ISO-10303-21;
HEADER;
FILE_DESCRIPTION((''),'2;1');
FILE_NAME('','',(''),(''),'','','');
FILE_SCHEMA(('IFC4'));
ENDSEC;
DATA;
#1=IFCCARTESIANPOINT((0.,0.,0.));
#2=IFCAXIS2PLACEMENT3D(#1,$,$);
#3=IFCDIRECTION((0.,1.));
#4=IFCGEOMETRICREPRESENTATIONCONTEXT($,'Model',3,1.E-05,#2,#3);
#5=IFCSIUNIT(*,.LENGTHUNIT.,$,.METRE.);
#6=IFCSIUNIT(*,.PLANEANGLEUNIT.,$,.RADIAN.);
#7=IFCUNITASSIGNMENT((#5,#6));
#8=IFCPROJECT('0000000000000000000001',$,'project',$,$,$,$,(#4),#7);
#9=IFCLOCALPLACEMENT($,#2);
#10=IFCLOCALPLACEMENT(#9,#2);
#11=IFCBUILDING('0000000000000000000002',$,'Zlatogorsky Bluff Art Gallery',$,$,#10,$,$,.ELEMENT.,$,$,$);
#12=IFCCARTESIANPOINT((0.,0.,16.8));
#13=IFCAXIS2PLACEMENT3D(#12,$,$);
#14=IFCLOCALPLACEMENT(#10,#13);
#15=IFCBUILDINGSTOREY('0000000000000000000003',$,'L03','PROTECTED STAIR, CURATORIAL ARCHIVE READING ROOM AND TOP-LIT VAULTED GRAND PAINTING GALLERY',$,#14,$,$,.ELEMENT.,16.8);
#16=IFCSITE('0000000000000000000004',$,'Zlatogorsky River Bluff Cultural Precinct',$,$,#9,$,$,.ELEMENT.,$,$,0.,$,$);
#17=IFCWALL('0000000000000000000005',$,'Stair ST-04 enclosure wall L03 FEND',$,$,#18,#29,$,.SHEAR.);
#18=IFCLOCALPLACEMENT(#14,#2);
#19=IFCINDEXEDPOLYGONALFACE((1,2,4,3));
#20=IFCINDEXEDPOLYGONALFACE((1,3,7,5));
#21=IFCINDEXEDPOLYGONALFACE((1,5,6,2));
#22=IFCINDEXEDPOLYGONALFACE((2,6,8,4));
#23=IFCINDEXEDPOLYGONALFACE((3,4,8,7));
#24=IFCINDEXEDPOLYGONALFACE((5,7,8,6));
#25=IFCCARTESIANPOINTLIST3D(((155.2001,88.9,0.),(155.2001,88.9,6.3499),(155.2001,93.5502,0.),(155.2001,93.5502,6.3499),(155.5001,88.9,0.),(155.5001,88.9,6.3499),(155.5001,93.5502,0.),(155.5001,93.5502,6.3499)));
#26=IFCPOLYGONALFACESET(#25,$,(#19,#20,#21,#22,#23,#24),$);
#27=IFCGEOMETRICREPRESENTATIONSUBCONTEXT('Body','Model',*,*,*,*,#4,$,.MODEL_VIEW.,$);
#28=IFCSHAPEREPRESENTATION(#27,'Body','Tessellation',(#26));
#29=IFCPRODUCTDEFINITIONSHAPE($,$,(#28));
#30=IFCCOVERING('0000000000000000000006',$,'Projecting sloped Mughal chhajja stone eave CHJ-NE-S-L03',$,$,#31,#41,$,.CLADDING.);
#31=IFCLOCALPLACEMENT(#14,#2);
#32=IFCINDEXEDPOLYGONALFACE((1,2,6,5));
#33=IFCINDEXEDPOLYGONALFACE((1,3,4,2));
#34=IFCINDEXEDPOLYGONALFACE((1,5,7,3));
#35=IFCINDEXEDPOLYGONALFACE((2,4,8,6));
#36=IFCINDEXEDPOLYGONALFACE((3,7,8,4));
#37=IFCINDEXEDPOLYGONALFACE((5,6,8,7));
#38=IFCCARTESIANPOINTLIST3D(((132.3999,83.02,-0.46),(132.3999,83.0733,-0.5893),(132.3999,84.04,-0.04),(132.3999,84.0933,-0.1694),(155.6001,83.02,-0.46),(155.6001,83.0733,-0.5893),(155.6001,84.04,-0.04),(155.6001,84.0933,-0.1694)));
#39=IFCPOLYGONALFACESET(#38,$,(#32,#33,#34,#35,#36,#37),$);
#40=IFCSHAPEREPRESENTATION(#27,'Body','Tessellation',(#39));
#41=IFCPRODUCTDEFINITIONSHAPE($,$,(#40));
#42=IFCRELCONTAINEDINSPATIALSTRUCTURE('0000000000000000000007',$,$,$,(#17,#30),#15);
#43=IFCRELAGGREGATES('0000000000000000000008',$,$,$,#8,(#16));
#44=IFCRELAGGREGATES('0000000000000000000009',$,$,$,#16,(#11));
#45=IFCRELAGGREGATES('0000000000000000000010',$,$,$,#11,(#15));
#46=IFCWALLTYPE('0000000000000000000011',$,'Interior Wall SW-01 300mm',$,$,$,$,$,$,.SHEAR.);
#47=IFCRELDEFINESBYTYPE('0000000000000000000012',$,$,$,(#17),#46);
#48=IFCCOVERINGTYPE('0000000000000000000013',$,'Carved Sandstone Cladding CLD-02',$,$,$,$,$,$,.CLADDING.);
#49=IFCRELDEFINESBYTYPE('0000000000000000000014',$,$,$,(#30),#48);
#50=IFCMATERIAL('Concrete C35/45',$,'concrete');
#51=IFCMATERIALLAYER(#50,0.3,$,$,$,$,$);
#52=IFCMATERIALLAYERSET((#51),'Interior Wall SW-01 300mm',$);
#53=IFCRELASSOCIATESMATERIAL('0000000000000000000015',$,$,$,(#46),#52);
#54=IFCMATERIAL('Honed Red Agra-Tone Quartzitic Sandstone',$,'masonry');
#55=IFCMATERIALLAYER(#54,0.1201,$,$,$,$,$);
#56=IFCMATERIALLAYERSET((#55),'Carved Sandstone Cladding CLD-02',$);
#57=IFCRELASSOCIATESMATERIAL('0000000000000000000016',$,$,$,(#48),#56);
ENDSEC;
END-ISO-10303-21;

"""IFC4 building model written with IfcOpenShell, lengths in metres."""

from ifc_helpers import new_model, si_unit, direction, frame, frame_2d, origin, place, context, subcontext, project, spatial, polyline, rectangle, outline, extrude, material, layer, layer_set, type_object, element, save


model = new_model("IFC4")

# Units and contexts
model_context = context("Model", 3, precision=1e-05, world=origin(), true_north=direction((0.0, 1.0)))
body_context = subcontext(model_context, "Body", "Model", "MODEL_VIEW")
ifc_project = project(units=[si_unit("LENGTHUNIT", "METRE"), si_unit("PLANEANGLEUNIT", "RADIAN")], contexts=[model_context])

# Site, building, storey
site_placement = place(None, origin())
site = spatial("IfcSite", under=ifc_project, at=site_placement, Name="Zlatogorsky River Bluff Cultural Precinct", CompositionType="ELEMENT", RefElevation=0.0)
building_placement = place(site_placement, origin())
building = spatial("IfcBuilding", under=site, at=building_placement, Name="Zlatogorsky Bluff Art Gallery", CompositionType="ELEMENT")
storey_placement = place(building_placement, frame((0.0, 0.0, 16.8)))
storey = spatial("IfcBuildingStorey", under=building, at=storey_placement, Name="L03", Description="PROTECTED STAIR, CURATORIAL ARCHIVE READING ROOM AND TOP-LIT VAULTED GRAND PAINTING GALLERY", CompositionType="ELEMENT", Elevation=16.8)

# Wall
ifc_material_1 = material(Name="Concrete C35/45", Category="concrete")
ifc_layer_1 = layer(ifc_material_1, 0.3)
ifc_layer_set_1 = layer_set([ifc_layer_1], Name="Interior Wall SW-01 300mm")
wall_type = type_object("IfcWallType", Name="Interior Wall SW-01 300mm", PredefinedType="SHEAR", material=ifc_layer_set_1)
wall_placement = place(storey_placement, frame((155.3501, 88.8999, 0.0), z_axis=(0.0, 0.0, 1.0), x_axis=(0.0, 1.0, 0.0)))
element("IfcWall", 1, at=wall_placement, inside=storey, type_object=wall_type, Name="Stair ST-04 enclosure wall L03 FEND", PredefinedType="SHEAR", context=body_context, shape_type="SweptSolid", body=[
    extrude(rectangle(XDim=4.6501, YDim=0.3, at=frame_2d((2.3252, 0.0))), origin(), (0.0, 0.0, 1.0), 6.3499),
])

# Covering
ifc_material_2 = material(Name="Honed Red Agra-Tone Quartzitic Sandstone", Category="masonry")
ifc_layer_2 = layer(ifc_material_2, 0.1201)
ifc_layer_set_2 = layer_set([ifc_layer_2], Name="Carved Sandstone Cladding CLD-02")
covering_type = type_object("IfcCoveringType", Name="Carved Sandstone Cladding CLD-02", PredefinedType="CLADDING", material=ifc_layer_set_2)
covering_placement = place(storey_placement, frame((155.6001, 84.04, -0.04), z_axis=(0.0, -0.380683, 0.924706), x_axis=(-1.0, 0.0, 0.0)))
element("IfcCovering", 2, at=covering_placement, inside=storey, type_object=covering_type, Name="Projecting sloped Mughal chhajja stone eave CHJ-NE-S-L03", PredefinedType="CLADDING", context=body_context, shape_type="SweptSolid", body=[
    extrude(outline(polyline([(0.0, 0.0), (23.2002, 0.0), (23.2002, 1.1031), (0.0, 1.1031), (0.0, 0.0)])), origin(), (0.0, 0.0, -1.0), 0.1399),
])

save(model, "model.ifc")
